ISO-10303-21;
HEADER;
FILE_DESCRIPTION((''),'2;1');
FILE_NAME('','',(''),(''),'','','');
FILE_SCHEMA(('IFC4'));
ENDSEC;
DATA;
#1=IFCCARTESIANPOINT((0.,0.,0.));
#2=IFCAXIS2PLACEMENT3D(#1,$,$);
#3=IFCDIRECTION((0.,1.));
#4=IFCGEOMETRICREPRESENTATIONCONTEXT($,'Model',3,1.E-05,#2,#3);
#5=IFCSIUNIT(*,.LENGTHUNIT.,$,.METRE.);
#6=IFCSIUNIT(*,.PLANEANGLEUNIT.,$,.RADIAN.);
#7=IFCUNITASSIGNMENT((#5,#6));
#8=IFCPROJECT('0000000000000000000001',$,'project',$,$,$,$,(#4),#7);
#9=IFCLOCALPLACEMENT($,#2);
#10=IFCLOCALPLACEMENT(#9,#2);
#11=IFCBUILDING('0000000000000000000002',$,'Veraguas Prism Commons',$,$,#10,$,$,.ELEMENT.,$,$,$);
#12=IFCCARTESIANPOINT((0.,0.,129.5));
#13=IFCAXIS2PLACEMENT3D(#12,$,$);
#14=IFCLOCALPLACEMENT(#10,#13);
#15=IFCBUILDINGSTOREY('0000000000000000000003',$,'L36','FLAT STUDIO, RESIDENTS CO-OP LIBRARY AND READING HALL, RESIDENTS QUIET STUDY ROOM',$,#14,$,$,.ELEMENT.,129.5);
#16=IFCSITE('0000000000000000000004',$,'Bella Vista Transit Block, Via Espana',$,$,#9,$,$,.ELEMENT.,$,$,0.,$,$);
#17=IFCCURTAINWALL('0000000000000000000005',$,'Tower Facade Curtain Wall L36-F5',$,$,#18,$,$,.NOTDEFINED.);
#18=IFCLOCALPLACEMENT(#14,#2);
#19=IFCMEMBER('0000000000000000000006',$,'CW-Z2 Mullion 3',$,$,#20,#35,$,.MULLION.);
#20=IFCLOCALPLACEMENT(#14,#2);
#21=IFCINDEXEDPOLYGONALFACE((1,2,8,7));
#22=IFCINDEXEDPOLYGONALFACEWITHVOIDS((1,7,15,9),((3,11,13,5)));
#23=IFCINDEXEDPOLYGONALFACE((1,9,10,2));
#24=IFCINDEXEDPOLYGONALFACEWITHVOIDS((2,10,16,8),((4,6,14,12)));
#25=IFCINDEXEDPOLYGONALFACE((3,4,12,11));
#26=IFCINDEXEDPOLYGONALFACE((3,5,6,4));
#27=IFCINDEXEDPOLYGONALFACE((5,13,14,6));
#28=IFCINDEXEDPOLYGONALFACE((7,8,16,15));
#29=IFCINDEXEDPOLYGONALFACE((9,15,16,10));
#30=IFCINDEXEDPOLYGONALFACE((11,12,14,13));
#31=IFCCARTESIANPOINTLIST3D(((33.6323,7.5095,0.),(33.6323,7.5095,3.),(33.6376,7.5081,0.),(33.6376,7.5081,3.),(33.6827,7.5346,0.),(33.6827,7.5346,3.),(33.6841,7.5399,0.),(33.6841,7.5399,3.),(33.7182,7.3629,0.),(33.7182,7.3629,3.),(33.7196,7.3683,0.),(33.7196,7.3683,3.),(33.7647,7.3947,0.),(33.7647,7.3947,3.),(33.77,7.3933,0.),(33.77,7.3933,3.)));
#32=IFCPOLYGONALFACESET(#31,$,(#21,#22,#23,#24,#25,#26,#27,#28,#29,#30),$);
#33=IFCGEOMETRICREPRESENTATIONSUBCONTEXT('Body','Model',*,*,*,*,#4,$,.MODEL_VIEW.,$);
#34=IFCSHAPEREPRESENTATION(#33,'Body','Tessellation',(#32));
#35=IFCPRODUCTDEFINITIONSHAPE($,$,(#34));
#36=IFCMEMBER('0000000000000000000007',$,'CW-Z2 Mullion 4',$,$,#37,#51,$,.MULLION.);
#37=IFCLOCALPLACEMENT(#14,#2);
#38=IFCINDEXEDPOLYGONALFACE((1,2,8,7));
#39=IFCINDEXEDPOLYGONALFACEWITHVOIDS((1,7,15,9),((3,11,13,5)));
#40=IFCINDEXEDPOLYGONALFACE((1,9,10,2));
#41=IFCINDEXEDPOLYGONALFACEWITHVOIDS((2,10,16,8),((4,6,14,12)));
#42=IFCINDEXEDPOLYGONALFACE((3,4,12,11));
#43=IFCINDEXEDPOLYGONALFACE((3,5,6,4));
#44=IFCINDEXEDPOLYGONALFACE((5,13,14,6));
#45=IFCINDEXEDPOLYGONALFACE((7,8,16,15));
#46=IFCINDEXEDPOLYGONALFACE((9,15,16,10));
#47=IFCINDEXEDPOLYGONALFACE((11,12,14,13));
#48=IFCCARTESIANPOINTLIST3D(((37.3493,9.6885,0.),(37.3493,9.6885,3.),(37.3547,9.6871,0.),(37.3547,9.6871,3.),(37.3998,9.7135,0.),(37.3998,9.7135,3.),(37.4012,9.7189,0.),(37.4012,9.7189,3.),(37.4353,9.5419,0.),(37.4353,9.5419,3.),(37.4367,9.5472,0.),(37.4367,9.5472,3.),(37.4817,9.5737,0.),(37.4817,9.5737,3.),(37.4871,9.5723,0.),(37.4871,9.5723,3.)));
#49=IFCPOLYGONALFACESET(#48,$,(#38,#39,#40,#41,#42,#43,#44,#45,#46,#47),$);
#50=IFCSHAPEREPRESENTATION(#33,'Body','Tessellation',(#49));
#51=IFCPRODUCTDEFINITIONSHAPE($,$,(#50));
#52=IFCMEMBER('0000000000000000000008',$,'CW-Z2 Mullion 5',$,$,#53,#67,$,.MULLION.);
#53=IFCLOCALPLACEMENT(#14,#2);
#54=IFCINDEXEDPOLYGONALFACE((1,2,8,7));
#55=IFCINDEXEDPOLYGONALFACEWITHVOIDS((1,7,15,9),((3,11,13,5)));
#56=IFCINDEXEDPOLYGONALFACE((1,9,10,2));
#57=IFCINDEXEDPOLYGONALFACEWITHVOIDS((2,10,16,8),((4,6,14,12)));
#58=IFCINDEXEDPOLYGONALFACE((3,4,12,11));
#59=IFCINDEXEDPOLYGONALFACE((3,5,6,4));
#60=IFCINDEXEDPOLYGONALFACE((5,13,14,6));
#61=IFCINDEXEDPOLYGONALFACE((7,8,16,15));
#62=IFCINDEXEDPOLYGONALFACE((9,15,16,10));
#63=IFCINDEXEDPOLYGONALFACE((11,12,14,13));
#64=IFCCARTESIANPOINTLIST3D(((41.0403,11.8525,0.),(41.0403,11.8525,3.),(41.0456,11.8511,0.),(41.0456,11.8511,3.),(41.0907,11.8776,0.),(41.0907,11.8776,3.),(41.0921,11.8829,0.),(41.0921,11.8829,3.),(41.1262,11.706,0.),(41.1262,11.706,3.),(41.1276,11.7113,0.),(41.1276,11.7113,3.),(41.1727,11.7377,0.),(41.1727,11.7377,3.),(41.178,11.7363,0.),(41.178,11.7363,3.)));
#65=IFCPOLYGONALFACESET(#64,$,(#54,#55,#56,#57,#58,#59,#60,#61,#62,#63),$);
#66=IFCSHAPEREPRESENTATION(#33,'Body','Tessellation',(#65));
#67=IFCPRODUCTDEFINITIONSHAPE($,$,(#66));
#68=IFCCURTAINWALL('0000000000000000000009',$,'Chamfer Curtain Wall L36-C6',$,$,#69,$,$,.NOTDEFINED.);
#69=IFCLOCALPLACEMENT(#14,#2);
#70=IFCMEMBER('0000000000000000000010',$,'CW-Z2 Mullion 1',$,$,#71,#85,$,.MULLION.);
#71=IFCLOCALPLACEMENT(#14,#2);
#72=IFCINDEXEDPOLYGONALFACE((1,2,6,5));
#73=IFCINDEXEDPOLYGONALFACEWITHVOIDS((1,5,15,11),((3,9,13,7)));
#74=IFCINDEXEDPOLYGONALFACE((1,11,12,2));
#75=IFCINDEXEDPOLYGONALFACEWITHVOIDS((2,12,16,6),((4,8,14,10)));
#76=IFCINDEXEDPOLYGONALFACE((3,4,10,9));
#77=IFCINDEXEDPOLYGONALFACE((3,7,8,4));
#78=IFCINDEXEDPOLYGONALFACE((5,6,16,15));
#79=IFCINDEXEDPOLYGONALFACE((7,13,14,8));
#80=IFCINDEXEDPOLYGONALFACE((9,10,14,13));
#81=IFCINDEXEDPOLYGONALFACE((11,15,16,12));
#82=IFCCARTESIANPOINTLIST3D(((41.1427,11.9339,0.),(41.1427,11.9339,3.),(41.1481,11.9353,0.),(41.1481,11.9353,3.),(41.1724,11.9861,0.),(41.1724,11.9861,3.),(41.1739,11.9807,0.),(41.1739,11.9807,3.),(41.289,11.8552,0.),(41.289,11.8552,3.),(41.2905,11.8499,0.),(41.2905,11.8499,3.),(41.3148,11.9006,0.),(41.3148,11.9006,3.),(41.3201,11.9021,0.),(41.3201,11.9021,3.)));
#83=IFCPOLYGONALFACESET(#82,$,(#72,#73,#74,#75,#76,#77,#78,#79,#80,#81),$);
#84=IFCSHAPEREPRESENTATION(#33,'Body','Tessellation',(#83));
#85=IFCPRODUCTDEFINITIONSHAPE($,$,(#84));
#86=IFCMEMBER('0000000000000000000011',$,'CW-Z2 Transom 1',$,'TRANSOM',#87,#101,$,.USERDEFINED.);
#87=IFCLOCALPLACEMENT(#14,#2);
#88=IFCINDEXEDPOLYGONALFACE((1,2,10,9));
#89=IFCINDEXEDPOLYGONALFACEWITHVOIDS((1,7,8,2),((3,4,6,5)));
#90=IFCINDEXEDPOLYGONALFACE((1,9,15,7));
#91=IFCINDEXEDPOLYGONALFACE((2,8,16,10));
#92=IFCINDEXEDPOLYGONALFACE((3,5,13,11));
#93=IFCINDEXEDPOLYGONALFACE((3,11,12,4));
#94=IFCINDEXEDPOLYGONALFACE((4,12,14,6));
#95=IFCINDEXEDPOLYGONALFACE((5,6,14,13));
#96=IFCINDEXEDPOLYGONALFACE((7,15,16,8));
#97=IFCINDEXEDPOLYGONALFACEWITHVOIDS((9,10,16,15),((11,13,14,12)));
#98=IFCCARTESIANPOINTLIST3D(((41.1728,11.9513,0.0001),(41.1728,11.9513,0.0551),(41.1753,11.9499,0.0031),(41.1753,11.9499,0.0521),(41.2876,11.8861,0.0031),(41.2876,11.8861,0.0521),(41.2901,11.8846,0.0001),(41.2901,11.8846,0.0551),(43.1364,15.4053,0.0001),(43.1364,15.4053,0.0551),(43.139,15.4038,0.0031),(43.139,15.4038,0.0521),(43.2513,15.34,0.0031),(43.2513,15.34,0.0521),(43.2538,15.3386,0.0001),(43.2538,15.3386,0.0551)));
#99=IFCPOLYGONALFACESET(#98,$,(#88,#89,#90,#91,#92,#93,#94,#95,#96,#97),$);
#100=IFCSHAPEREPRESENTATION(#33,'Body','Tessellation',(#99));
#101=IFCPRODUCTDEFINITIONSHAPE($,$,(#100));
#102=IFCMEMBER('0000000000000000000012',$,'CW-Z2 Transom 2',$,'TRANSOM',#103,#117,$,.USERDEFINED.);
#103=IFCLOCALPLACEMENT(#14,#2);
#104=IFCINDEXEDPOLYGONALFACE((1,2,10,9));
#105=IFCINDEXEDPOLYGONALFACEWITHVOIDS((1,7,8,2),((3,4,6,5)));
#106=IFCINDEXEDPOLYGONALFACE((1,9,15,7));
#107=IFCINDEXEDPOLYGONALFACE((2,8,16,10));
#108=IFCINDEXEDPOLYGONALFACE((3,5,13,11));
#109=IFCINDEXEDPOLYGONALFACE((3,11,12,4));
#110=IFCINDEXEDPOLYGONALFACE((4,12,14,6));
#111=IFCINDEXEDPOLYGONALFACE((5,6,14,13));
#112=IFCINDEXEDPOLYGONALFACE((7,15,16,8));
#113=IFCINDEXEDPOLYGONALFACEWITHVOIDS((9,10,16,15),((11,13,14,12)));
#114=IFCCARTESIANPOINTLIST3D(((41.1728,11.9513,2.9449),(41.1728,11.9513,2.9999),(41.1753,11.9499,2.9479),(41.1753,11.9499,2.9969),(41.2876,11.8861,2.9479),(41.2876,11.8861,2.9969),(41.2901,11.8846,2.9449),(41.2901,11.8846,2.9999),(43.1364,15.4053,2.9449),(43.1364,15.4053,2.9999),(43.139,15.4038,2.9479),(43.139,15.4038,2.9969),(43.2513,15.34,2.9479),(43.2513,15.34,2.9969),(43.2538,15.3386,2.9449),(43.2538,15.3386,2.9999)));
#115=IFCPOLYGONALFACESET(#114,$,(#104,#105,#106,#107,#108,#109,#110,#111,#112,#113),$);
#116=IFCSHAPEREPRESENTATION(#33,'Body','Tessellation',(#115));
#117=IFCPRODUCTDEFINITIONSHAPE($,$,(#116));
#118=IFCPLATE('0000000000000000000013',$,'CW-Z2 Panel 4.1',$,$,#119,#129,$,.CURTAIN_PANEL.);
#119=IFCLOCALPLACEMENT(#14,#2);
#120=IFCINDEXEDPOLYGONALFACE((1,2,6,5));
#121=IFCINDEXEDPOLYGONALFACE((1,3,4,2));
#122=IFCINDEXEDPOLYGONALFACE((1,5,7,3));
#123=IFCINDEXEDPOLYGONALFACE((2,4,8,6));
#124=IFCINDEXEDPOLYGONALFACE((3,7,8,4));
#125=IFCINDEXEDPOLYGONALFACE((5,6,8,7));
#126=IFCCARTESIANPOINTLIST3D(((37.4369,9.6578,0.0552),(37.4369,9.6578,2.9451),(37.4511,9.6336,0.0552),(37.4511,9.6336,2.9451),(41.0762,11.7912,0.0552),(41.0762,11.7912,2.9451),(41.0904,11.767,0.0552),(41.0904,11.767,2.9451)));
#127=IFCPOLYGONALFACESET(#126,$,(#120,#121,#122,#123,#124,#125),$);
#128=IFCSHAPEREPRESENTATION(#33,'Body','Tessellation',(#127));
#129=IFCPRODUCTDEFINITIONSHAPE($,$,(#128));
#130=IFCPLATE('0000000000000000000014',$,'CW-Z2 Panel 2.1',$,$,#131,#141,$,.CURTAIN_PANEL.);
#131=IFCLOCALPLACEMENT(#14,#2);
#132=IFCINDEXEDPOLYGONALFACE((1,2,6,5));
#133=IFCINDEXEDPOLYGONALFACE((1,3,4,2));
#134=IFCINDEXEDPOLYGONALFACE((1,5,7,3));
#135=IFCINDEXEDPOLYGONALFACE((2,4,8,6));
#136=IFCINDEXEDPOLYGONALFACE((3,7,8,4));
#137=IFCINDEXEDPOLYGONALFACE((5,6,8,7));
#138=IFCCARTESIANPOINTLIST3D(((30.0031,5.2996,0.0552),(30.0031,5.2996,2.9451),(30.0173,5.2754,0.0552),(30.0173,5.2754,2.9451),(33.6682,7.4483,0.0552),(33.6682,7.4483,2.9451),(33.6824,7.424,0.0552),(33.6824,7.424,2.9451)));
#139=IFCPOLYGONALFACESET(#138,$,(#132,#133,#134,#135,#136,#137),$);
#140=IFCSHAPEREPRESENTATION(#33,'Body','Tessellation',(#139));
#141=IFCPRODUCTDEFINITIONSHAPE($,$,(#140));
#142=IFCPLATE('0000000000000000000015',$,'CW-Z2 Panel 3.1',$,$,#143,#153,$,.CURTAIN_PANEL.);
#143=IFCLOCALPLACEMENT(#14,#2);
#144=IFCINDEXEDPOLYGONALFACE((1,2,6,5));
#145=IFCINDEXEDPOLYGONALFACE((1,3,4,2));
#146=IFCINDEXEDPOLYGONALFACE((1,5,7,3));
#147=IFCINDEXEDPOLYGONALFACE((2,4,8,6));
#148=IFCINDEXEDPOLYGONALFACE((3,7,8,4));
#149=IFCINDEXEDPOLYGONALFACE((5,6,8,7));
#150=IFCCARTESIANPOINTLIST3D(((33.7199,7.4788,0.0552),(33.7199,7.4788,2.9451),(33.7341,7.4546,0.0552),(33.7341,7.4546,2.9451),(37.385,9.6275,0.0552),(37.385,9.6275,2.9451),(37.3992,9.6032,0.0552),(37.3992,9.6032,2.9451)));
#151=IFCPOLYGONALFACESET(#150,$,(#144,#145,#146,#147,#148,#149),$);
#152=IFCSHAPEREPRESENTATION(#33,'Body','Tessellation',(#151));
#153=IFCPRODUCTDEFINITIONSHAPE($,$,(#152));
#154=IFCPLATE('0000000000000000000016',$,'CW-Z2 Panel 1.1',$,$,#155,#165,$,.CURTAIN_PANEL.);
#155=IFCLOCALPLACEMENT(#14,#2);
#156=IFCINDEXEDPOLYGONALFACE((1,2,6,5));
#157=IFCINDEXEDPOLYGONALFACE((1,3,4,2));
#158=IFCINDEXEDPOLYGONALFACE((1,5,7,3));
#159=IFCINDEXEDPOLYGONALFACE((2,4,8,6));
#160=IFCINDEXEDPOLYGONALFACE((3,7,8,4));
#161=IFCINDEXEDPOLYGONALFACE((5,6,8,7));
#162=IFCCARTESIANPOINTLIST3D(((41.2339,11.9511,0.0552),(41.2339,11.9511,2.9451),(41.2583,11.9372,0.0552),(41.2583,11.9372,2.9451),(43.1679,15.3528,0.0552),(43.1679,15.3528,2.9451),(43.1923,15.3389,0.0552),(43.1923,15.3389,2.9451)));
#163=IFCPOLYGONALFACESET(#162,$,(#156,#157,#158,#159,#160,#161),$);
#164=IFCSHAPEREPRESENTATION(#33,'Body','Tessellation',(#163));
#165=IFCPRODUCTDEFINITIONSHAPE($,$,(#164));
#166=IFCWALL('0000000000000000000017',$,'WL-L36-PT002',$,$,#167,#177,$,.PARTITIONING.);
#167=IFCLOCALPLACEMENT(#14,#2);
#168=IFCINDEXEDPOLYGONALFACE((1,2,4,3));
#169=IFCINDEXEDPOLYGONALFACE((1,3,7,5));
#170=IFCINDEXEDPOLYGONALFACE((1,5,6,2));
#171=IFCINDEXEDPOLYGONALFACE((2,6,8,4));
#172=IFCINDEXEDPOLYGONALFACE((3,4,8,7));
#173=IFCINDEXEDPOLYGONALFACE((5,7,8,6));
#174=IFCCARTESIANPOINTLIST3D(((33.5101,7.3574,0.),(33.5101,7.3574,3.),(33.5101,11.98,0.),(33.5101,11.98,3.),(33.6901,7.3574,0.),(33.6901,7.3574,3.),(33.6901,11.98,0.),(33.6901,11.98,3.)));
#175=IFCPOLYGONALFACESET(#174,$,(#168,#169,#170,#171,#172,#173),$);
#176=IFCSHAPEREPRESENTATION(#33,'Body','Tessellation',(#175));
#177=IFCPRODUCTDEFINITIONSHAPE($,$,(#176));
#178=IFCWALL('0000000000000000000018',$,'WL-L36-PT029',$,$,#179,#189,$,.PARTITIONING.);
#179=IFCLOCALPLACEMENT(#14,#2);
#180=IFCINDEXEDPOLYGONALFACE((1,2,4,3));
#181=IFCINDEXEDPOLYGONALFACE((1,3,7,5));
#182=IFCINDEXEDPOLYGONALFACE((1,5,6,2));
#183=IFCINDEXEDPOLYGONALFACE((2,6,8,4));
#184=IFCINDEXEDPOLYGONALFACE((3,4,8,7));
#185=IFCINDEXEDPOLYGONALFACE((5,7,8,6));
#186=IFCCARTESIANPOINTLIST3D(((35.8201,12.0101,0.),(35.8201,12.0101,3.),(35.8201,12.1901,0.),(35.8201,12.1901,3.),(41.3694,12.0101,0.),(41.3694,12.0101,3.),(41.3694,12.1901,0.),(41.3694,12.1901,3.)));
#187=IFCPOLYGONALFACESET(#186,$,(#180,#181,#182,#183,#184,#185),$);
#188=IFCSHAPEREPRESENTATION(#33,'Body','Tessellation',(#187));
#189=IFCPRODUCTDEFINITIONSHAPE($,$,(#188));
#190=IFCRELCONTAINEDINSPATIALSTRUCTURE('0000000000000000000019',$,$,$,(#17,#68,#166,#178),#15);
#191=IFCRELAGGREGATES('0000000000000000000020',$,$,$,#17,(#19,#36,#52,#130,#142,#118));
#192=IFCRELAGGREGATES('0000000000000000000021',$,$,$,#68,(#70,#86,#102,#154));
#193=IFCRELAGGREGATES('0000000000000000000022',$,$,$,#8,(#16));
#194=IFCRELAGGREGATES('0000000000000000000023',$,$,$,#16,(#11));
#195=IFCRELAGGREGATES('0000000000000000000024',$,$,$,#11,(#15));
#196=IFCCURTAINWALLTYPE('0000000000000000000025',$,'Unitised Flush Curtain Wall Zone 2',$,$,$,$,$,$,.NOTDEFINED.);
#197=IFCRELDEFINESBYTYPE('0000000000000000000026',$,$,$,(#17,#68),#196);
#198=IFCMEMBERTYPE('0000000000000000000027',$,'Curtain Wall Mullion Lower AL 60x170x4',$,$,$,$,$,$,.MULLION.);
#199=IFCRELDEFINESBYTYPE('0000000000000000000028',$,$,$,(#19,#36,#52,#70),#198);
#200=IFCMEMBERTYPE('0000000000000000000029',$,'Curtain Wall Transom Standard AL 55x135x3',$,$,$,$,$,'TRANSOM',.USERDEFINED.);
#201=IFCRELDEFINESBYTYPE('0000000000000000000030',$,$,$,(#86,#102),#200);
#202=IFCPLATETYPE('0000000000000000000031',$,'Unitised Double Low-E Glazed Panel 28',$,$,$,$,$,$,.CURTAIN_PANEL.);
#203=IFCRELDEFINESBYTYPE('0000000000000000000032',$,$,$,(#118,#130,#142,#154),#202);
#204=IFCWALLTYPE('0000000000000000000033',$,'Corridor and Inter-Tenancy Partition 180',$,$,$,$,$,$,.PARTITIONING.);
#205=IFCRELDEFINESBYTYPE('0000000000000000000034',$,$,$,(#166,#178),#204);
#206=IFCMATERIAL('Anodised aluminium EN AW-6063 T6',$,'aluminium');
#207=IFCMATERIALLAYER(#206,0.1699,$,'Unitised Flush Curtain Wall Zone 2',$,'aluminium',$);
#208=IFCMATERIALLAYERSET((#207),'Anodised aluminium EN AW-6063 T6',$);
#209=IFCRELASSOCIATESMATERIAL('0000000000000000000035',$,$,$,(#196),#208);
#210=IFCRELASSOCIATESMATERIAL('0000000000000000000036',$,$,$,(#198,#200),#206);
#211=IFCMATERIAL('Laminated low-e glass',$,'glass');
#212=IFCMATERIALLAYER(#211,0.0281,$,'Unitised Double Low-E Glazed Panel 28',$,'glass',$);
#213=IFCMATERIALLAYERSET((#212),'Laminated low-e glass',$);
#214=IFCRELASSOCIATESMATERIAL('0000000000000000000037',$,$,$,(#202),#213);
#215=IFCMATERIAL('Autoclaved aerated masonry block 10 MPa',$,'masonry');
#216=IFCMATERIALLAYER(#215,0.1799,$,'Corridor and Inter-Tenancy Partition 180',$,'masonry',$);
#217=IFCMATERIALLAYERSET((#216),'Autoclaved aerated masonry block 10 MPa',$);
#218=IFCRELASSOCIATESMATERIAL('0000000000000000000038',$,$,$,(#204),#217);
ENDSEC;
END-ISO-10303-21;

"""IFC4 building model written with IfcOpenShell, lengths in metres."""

from ifc_helpers import new_model, si_unit, direction, frame, frame_2d, origin, origin_2d, place, context, subcontext, project, spatial, rectangle, hollow_rectangle, extrude, source, transform, mapped, material, layer, layer_set, material_profile, profile_set, type_object, element, aggregate, save


model = new_model("IFC4")

# Units and contexts
model_context = context("Model", 3, precision=1e-05, world=origin(), true_north=direction((0.0, 1.0)))
body_context = subcontext(model_context, "Body", "Model", "MODEL_VIEW")
ifc_project = project(units=[si_unit("LENGTHUNIT", "METRE"), si_unit("PLANEANGLEUNIT", "RADIAN")], contexts=[model_context])

# Site, building, storey
site_placement = place(None, origin())
site = spatial("IfcSite", under=ifc_project, at=site_placement, Name="Bella Vista Transit Block, Via Espana", CompositionType="ELEMENT", RefElevation=0.0)
building_placement = place(site_placement, origin())
building = spatial("IfcBuilding", under=site, at=building_placement, Name="Veraguas Prism Commons", CompositionType="ELEMENT")
storey_placement = place(building_placement, frame((0.0, 0.0, 129.5)))
storey = spatial("IfcBuildingStorey", under=building, at=storey_placement, Name="L36", Description="FLAT STUDIO, RESIDENTS CO-OP LIBRARY AND READING HALL, RESIDENTS QUIET STUDY ROOM", CompositionType="ELEMENT", Elevation=129.5)

# Curtain walls, members
ifc_material_1 = material(Name="Anodised aluminium EN AW-6063 T6", Category="aluminium")
ifc_layer_1 = layer(ifc_material_1, 0.1699, Name="Unitised Flush Curtain Wall Zone 2", Category="aluminium")
ifc_layer_set_1 = layer_set([ifc_layer_1], Name="Anodised aluminium EN AW-6063 T6")
curtain_wall_type = type_object("IfcCurtainWallType", Name="Unitised Flush Curtain Wall Zone 2", PredefinedType="NOTDEFINED", material=ifc_layer_set_1)
curtain_wall_1_placement = place(storey_placement, origin())
curtain_wall_1 = element("IfcCurtainWall", 1, at=curtain_wall_1_placement, inside=storey, type_object=curtain_wall_type, Name="Tower Facade Curtain Wall L36-F5", PredefinedType="NOTDEFINED")
ifc_material_profile_1 = material_profile(ifc_material_1, hollow_rectangle(XDim=0.0601, YDim=0.1699, WallThickness=0.0039, at=origin_2d()), Name="AL60X170X4")
ifc_profile_set_1 = profile_set([ifc_material_profile_1], Name="Anodised aluminium EN AW-6063 T6")
member_type_1 = type_object("IfcMemberType", Name="Curtain Wall Mullion Lower AL 60x170x4", PredefinedType="MULLION", material=ifc_profile_set_1)
shared_shape_1 = source(origin(), body_context, "Body", "SweptSolid", [
    extrude(hollow_rectangle(XDim=0.0601, YDim=0.1699, WallThickness=0.0039, at=origin_2d()), origin(), (0.0, 0.0, 1.0), 3.0),
])
member_1_placement = place(storey_placement, frame((33.7012, 7.4514, 0.0), z_axis=(0.0, 0.0, 1.0), x_axis=(0.862686, 0.50574, 0.0)))
member_1 = element("IfcMember", 2, at=member_1_placement, type_object=member_type_1, Name="CW-Z2 Mullion 3", PredefinedType="MULLION", context=body_context, shape_type="MappedRepresentation", body=[
    mapped(shared_shape_1, transform((0.0, 0.0, 0.0), scale=1.0)),
])
member_2_placement = place(storey_placement, frame((37.4182, 9.6304, 0.0), z_axis=(0.0, 0.0, 1.0), x_axis=(0.862686, 0.50574, 0.0)))
member_2 = element("IfcMember", 3, at=member_2_placement, type_object=member_type_1, Name="CW-Z2 Mullion 4", PredefinedType="MULLION", context=body_context, shape_type="MappedRepresentation", body=[
    mapped(shared_shape_1, transform((0.0, 0.0, 0.0), scale=1.0)),
])
member_3_placement = place(storey_placement, frame((41.1091, 11.7944, 0.0), z_axis=(0.0, 0.0, 1.0), x_axis=(0.862686, 0.50574, 0.0)))
member_3 = element("IfcMember", 4, at=member_3_placement, type_object=member_type_1, Name="CW-Z2 Mullion 5", PredefinedType="MULLION", context=body_context, shape_type="MappedRepresentation", body=[
    mapped(shared_shape_1, transform((0.0, 0.0, 0.0), scale=1.0)),
])
curtain_wall_2_placement = place(storey_placement, origin())
curtain_wall_2 = element("IfcCurtainWall", 5, at=curtain_wall_2_placement, inside=storey, type_object=curtain_wall_type, Name="Chamfer Curtain Wall L36-C6", PredefinedType="NOTDEFINED")
member_4_placement = place(storey_placement, frame((41.2314, 11.918, 0.0), z_axis=(0.0, 0.0, 1.0), x_axis=(0.494244, 0.869323, 0.0)))
member_4 = element("IfcMember", 6, at=member_4_placement, type_object=member_type_1, Name="CW-Z2 Mullion 1", PredefinedType="MULLION", context=body_context, shape_type="MappedRepresentation", body=[
    mapped(shared_shape_1, transform((0.0, 0.0, 0.0), scale=1.0)),
])
ifc_material_profile_2 = material_profile(ifc_material_1, hollow_rectangle(XDim=0.0549, YDim=0.135, WallThickness=0.0029, at=origin_2d()), Name="AL55X135X3")
ifc_profile_set_2 = profile_set([ifc_material_profile_2], Name="Anodised aluminium EN AW-6063 T6")
member_type_2 = type_object("IfcMemberType", Name="Curtain Wall Transom Standard AL 55x135x3", ElementType="TRANSOM", PredefinedType="USERDEFINED", material=ifc_profile_set_2)
shared_shape_2 = source(origin(), body_context, "Body", "SweptSolid", [
    extrude(hollow_rectangle(XDim=0.0549, YDim=0.135, WallThickness=0.0029, at=origin_2d()), origin(), (0.0, 0.0, 1.0), 3.9731),
])
member_5_placement = place(storey_placement, frame((41.2314, 11.918, 0.0276), z_axis=(0.494238, 0.869326, 0.0), x_axis=(0.0, 0.0, 1.0)))
member_5 = element("IfcMember", 7, at=member_5_placement, type_object=member_type_2, Name="CW-Z2 Transom 1", ObjectType="TRANSOM", PredefinedType="USERDEFINED", context=body_context, shape_type="MappedRepresentation", body=[
    mapped(shared_shape_2, transform((0.0, 0.0, 0.0), scale=1.0)),
])
member_6_placement = place(storey_placement, frame((41.2314, 11.918, 2.9724), z_axis=(0.494238, 0.869326, 0.0), x_axis=(0.0, 0.0, 1.0)))
member_6 = element("IfcMember", 8, at=member_6_placement, type_object=member_type_2, Name="CW-Z2 Transom 2", ObjectType="TRANSOM", PredefinedType="USERDEFINED", context=body_context, shape_type="MappedRepresentation", body=[
    mapped(shared_shape_2, transform((0.0, 0.0, 0.0), scale=1.0)),
])

# Plates
ifc_material_2 = material(Name="Laminated low-e glass", Category="glass")
ifc_layer_2 = layer(ifc_material_2, 0.0281, Name="Unitised Double Low-E Glazed Panel 28", Category="glass")
ifc_layer_set_2 = layer_set([ifc_layer_2], Name="Laminated low-e glass")
plate_type = type_object("IfcPlateType", Name="Unitised Double Low-E Glazed Panel 28", PredefinedType="CURTAIN_PANEL", material=ifc_layer_set_2)
shared_shape_3 = source(origin(), body_context, "Body", "SweptSolid", [
    extrude(rectangle(XDim=4.2185, YDim=0.0281, at=origin_2d()), origin(), (0.0, 0.0, 1.0), 2.8899),
])
plate_1_placement = place(storey_placement, frame((39.2637, 10.7124, 0.0552), z_axis=(0.0, 0.0, 1.0), x_axis=(0.862686, 0.50574, 0.0)))
plate_1 = element("IfcPlate", 9, at=plate_1_placement, type_object=plate_type, Name="CW-Z2 Panel 4.1", PredefinedType="CURTAIN_PANEL", context=body_context, shape_type="MappedRepresentation", body=[
    mapped(shared_shape_3, transform((0.0, 0.0, 0.0), scale=1.0)),
])
shared_shape_4 = source(origin(), body_context, "Body", "SweptSolid", [
    extrude(rectangle(XDim=4.2485, YDim=0.0281, at=origin_2d()), origin(), (0.0, 0.0, 1.0), 2.8899),
])
plate_2_placement = place(storey_placement, frame((31.8428, 6.3618, 0.0552), z_axis=(0.0, 0.0, 1.0), x_axis=(0.862686, 0.50574, 0.0)))
plate_2 = element("IfcPlate", 10, at=plate_2_placement, type_object=plate_type, Name="CW-Z2 Panel 2.1", PredefinedType="CURTAIN_PANEL", context=body_context, shape_type="MappedRepresentation", body=[
    mapped(shared_shape_4, transform((0.0, 0.0, 0.0), scale=1.0)),
])
plate_3_placement = place(storey_placement, frame((35.5596, 8.541, 0.0552), z_axis=(0.0, 0.0, 1.0), x_axis=(0.862686, 0.50574, 0.0)))
plate_3 = element("IfcPlate", 11, at=plate_3_placement, type_object=plate_type, Name="CW-Z2 Panel 3.1", PredefinedType="CURTAIN_PANEL", context=body_context, shape_type="MappedRepresentation", body=[
    mapped(shared_shape_4, transform((0.0, 0.0, 0.0), scale=1.0)),
])
aggregate(curtain_wall_1, [member_1, member_2, member_3, plate_2, plate_3, plate_1])
shared_shape_5 = source(origin(), body_context, "Body", "SweptSolid", [
    extrude(rectangle(XDim=3.9131, YDim=0.0281, at=origin_2d()), origin(), (0.0, 0.0, 1.0), 2.8899),
])
plate_4_placement = place(storey_placement, frame((42.2131, 13.645, 0.0552), z_axis=(0.0, 0.0, 1.0), x_axis=(0.494244, 0.869323, 0.0)))
plate_4 = element("IfcPlate", 12, at=plate_4_placement, type_object=plate_type, Name="CW-Z2 Panel 1.1", PredefinedType="CURTAIN_PANEL", context=body_context, shape_type="MappedRepresentation", body=[
    mapped(shared_shape_5, transform((0.0, 0.0, 0.0), scale=1.0)),
])
aggregate(curtain_wall_2, [member_4, member_5, member_6, plate_4])

# Walls
ifc_material_3 = material(Name="Autoclaved aerated masonry block 10 MPa", Category="masonry")
ifc_layer_3 = layer(ifc_material_3, 0.1799, Name="Corridor and Inter-Tenancy Partition 180", Category="masonry")
ifc_layer_set_3 = layer_set([ifc_layer_3], Name="Autoclaved aerated masonry block 10 MPa")
wall_type_1 = type_object("IfcWallType", Name="Corridor and Inter-Tenancy Partition 180", PredefinedType="PARTITIONING", material=ifc_layer_set_3)
wall_1_placement = place(storey_placement, frame((33.6001, 11.98, 0.0), z_axis=(0.0, 0.0, 1.0), x_axis=(0.0, -1.0, 0.0)))
element("IfcWall", 13, at=wall_1_placement, inside=storey, type_object=wall_type_1, Name="WL-L36-PT002", PredefinedType="PARTITIONING", context=body_context, shape_type="SweptSolid", body=[
    extrude(rectangle(XDim=4.6226, YDim=0.1799, at=frame_2d((2.3113, 0.0))), origin(), (0.0, 0.0, 1.0), 3.0),
])
wall_2_placement = place(storey_placement, frame((35.8201, 12.1001, 0.0), z_axis=(0.0, 0.0, 1.0), x_axis=(1.0, 0.0, 0.0)))
element("IfcWall", 14, at=wall_2_placement, inside=storey, type_object=wall_type_1, Name="WL-L36-PT029", PredefinedType="PARTITIONING", context=body_context, shape_type="SweptSolid", body=[
    extrude(rectangle(XDim=5.5493, YDim=0.1799, at=frame_2d((2.7747, 0.0))), origin(), (0.0, 0.0, 1.0), 3.0),
])

save(model, "model.ifc")
